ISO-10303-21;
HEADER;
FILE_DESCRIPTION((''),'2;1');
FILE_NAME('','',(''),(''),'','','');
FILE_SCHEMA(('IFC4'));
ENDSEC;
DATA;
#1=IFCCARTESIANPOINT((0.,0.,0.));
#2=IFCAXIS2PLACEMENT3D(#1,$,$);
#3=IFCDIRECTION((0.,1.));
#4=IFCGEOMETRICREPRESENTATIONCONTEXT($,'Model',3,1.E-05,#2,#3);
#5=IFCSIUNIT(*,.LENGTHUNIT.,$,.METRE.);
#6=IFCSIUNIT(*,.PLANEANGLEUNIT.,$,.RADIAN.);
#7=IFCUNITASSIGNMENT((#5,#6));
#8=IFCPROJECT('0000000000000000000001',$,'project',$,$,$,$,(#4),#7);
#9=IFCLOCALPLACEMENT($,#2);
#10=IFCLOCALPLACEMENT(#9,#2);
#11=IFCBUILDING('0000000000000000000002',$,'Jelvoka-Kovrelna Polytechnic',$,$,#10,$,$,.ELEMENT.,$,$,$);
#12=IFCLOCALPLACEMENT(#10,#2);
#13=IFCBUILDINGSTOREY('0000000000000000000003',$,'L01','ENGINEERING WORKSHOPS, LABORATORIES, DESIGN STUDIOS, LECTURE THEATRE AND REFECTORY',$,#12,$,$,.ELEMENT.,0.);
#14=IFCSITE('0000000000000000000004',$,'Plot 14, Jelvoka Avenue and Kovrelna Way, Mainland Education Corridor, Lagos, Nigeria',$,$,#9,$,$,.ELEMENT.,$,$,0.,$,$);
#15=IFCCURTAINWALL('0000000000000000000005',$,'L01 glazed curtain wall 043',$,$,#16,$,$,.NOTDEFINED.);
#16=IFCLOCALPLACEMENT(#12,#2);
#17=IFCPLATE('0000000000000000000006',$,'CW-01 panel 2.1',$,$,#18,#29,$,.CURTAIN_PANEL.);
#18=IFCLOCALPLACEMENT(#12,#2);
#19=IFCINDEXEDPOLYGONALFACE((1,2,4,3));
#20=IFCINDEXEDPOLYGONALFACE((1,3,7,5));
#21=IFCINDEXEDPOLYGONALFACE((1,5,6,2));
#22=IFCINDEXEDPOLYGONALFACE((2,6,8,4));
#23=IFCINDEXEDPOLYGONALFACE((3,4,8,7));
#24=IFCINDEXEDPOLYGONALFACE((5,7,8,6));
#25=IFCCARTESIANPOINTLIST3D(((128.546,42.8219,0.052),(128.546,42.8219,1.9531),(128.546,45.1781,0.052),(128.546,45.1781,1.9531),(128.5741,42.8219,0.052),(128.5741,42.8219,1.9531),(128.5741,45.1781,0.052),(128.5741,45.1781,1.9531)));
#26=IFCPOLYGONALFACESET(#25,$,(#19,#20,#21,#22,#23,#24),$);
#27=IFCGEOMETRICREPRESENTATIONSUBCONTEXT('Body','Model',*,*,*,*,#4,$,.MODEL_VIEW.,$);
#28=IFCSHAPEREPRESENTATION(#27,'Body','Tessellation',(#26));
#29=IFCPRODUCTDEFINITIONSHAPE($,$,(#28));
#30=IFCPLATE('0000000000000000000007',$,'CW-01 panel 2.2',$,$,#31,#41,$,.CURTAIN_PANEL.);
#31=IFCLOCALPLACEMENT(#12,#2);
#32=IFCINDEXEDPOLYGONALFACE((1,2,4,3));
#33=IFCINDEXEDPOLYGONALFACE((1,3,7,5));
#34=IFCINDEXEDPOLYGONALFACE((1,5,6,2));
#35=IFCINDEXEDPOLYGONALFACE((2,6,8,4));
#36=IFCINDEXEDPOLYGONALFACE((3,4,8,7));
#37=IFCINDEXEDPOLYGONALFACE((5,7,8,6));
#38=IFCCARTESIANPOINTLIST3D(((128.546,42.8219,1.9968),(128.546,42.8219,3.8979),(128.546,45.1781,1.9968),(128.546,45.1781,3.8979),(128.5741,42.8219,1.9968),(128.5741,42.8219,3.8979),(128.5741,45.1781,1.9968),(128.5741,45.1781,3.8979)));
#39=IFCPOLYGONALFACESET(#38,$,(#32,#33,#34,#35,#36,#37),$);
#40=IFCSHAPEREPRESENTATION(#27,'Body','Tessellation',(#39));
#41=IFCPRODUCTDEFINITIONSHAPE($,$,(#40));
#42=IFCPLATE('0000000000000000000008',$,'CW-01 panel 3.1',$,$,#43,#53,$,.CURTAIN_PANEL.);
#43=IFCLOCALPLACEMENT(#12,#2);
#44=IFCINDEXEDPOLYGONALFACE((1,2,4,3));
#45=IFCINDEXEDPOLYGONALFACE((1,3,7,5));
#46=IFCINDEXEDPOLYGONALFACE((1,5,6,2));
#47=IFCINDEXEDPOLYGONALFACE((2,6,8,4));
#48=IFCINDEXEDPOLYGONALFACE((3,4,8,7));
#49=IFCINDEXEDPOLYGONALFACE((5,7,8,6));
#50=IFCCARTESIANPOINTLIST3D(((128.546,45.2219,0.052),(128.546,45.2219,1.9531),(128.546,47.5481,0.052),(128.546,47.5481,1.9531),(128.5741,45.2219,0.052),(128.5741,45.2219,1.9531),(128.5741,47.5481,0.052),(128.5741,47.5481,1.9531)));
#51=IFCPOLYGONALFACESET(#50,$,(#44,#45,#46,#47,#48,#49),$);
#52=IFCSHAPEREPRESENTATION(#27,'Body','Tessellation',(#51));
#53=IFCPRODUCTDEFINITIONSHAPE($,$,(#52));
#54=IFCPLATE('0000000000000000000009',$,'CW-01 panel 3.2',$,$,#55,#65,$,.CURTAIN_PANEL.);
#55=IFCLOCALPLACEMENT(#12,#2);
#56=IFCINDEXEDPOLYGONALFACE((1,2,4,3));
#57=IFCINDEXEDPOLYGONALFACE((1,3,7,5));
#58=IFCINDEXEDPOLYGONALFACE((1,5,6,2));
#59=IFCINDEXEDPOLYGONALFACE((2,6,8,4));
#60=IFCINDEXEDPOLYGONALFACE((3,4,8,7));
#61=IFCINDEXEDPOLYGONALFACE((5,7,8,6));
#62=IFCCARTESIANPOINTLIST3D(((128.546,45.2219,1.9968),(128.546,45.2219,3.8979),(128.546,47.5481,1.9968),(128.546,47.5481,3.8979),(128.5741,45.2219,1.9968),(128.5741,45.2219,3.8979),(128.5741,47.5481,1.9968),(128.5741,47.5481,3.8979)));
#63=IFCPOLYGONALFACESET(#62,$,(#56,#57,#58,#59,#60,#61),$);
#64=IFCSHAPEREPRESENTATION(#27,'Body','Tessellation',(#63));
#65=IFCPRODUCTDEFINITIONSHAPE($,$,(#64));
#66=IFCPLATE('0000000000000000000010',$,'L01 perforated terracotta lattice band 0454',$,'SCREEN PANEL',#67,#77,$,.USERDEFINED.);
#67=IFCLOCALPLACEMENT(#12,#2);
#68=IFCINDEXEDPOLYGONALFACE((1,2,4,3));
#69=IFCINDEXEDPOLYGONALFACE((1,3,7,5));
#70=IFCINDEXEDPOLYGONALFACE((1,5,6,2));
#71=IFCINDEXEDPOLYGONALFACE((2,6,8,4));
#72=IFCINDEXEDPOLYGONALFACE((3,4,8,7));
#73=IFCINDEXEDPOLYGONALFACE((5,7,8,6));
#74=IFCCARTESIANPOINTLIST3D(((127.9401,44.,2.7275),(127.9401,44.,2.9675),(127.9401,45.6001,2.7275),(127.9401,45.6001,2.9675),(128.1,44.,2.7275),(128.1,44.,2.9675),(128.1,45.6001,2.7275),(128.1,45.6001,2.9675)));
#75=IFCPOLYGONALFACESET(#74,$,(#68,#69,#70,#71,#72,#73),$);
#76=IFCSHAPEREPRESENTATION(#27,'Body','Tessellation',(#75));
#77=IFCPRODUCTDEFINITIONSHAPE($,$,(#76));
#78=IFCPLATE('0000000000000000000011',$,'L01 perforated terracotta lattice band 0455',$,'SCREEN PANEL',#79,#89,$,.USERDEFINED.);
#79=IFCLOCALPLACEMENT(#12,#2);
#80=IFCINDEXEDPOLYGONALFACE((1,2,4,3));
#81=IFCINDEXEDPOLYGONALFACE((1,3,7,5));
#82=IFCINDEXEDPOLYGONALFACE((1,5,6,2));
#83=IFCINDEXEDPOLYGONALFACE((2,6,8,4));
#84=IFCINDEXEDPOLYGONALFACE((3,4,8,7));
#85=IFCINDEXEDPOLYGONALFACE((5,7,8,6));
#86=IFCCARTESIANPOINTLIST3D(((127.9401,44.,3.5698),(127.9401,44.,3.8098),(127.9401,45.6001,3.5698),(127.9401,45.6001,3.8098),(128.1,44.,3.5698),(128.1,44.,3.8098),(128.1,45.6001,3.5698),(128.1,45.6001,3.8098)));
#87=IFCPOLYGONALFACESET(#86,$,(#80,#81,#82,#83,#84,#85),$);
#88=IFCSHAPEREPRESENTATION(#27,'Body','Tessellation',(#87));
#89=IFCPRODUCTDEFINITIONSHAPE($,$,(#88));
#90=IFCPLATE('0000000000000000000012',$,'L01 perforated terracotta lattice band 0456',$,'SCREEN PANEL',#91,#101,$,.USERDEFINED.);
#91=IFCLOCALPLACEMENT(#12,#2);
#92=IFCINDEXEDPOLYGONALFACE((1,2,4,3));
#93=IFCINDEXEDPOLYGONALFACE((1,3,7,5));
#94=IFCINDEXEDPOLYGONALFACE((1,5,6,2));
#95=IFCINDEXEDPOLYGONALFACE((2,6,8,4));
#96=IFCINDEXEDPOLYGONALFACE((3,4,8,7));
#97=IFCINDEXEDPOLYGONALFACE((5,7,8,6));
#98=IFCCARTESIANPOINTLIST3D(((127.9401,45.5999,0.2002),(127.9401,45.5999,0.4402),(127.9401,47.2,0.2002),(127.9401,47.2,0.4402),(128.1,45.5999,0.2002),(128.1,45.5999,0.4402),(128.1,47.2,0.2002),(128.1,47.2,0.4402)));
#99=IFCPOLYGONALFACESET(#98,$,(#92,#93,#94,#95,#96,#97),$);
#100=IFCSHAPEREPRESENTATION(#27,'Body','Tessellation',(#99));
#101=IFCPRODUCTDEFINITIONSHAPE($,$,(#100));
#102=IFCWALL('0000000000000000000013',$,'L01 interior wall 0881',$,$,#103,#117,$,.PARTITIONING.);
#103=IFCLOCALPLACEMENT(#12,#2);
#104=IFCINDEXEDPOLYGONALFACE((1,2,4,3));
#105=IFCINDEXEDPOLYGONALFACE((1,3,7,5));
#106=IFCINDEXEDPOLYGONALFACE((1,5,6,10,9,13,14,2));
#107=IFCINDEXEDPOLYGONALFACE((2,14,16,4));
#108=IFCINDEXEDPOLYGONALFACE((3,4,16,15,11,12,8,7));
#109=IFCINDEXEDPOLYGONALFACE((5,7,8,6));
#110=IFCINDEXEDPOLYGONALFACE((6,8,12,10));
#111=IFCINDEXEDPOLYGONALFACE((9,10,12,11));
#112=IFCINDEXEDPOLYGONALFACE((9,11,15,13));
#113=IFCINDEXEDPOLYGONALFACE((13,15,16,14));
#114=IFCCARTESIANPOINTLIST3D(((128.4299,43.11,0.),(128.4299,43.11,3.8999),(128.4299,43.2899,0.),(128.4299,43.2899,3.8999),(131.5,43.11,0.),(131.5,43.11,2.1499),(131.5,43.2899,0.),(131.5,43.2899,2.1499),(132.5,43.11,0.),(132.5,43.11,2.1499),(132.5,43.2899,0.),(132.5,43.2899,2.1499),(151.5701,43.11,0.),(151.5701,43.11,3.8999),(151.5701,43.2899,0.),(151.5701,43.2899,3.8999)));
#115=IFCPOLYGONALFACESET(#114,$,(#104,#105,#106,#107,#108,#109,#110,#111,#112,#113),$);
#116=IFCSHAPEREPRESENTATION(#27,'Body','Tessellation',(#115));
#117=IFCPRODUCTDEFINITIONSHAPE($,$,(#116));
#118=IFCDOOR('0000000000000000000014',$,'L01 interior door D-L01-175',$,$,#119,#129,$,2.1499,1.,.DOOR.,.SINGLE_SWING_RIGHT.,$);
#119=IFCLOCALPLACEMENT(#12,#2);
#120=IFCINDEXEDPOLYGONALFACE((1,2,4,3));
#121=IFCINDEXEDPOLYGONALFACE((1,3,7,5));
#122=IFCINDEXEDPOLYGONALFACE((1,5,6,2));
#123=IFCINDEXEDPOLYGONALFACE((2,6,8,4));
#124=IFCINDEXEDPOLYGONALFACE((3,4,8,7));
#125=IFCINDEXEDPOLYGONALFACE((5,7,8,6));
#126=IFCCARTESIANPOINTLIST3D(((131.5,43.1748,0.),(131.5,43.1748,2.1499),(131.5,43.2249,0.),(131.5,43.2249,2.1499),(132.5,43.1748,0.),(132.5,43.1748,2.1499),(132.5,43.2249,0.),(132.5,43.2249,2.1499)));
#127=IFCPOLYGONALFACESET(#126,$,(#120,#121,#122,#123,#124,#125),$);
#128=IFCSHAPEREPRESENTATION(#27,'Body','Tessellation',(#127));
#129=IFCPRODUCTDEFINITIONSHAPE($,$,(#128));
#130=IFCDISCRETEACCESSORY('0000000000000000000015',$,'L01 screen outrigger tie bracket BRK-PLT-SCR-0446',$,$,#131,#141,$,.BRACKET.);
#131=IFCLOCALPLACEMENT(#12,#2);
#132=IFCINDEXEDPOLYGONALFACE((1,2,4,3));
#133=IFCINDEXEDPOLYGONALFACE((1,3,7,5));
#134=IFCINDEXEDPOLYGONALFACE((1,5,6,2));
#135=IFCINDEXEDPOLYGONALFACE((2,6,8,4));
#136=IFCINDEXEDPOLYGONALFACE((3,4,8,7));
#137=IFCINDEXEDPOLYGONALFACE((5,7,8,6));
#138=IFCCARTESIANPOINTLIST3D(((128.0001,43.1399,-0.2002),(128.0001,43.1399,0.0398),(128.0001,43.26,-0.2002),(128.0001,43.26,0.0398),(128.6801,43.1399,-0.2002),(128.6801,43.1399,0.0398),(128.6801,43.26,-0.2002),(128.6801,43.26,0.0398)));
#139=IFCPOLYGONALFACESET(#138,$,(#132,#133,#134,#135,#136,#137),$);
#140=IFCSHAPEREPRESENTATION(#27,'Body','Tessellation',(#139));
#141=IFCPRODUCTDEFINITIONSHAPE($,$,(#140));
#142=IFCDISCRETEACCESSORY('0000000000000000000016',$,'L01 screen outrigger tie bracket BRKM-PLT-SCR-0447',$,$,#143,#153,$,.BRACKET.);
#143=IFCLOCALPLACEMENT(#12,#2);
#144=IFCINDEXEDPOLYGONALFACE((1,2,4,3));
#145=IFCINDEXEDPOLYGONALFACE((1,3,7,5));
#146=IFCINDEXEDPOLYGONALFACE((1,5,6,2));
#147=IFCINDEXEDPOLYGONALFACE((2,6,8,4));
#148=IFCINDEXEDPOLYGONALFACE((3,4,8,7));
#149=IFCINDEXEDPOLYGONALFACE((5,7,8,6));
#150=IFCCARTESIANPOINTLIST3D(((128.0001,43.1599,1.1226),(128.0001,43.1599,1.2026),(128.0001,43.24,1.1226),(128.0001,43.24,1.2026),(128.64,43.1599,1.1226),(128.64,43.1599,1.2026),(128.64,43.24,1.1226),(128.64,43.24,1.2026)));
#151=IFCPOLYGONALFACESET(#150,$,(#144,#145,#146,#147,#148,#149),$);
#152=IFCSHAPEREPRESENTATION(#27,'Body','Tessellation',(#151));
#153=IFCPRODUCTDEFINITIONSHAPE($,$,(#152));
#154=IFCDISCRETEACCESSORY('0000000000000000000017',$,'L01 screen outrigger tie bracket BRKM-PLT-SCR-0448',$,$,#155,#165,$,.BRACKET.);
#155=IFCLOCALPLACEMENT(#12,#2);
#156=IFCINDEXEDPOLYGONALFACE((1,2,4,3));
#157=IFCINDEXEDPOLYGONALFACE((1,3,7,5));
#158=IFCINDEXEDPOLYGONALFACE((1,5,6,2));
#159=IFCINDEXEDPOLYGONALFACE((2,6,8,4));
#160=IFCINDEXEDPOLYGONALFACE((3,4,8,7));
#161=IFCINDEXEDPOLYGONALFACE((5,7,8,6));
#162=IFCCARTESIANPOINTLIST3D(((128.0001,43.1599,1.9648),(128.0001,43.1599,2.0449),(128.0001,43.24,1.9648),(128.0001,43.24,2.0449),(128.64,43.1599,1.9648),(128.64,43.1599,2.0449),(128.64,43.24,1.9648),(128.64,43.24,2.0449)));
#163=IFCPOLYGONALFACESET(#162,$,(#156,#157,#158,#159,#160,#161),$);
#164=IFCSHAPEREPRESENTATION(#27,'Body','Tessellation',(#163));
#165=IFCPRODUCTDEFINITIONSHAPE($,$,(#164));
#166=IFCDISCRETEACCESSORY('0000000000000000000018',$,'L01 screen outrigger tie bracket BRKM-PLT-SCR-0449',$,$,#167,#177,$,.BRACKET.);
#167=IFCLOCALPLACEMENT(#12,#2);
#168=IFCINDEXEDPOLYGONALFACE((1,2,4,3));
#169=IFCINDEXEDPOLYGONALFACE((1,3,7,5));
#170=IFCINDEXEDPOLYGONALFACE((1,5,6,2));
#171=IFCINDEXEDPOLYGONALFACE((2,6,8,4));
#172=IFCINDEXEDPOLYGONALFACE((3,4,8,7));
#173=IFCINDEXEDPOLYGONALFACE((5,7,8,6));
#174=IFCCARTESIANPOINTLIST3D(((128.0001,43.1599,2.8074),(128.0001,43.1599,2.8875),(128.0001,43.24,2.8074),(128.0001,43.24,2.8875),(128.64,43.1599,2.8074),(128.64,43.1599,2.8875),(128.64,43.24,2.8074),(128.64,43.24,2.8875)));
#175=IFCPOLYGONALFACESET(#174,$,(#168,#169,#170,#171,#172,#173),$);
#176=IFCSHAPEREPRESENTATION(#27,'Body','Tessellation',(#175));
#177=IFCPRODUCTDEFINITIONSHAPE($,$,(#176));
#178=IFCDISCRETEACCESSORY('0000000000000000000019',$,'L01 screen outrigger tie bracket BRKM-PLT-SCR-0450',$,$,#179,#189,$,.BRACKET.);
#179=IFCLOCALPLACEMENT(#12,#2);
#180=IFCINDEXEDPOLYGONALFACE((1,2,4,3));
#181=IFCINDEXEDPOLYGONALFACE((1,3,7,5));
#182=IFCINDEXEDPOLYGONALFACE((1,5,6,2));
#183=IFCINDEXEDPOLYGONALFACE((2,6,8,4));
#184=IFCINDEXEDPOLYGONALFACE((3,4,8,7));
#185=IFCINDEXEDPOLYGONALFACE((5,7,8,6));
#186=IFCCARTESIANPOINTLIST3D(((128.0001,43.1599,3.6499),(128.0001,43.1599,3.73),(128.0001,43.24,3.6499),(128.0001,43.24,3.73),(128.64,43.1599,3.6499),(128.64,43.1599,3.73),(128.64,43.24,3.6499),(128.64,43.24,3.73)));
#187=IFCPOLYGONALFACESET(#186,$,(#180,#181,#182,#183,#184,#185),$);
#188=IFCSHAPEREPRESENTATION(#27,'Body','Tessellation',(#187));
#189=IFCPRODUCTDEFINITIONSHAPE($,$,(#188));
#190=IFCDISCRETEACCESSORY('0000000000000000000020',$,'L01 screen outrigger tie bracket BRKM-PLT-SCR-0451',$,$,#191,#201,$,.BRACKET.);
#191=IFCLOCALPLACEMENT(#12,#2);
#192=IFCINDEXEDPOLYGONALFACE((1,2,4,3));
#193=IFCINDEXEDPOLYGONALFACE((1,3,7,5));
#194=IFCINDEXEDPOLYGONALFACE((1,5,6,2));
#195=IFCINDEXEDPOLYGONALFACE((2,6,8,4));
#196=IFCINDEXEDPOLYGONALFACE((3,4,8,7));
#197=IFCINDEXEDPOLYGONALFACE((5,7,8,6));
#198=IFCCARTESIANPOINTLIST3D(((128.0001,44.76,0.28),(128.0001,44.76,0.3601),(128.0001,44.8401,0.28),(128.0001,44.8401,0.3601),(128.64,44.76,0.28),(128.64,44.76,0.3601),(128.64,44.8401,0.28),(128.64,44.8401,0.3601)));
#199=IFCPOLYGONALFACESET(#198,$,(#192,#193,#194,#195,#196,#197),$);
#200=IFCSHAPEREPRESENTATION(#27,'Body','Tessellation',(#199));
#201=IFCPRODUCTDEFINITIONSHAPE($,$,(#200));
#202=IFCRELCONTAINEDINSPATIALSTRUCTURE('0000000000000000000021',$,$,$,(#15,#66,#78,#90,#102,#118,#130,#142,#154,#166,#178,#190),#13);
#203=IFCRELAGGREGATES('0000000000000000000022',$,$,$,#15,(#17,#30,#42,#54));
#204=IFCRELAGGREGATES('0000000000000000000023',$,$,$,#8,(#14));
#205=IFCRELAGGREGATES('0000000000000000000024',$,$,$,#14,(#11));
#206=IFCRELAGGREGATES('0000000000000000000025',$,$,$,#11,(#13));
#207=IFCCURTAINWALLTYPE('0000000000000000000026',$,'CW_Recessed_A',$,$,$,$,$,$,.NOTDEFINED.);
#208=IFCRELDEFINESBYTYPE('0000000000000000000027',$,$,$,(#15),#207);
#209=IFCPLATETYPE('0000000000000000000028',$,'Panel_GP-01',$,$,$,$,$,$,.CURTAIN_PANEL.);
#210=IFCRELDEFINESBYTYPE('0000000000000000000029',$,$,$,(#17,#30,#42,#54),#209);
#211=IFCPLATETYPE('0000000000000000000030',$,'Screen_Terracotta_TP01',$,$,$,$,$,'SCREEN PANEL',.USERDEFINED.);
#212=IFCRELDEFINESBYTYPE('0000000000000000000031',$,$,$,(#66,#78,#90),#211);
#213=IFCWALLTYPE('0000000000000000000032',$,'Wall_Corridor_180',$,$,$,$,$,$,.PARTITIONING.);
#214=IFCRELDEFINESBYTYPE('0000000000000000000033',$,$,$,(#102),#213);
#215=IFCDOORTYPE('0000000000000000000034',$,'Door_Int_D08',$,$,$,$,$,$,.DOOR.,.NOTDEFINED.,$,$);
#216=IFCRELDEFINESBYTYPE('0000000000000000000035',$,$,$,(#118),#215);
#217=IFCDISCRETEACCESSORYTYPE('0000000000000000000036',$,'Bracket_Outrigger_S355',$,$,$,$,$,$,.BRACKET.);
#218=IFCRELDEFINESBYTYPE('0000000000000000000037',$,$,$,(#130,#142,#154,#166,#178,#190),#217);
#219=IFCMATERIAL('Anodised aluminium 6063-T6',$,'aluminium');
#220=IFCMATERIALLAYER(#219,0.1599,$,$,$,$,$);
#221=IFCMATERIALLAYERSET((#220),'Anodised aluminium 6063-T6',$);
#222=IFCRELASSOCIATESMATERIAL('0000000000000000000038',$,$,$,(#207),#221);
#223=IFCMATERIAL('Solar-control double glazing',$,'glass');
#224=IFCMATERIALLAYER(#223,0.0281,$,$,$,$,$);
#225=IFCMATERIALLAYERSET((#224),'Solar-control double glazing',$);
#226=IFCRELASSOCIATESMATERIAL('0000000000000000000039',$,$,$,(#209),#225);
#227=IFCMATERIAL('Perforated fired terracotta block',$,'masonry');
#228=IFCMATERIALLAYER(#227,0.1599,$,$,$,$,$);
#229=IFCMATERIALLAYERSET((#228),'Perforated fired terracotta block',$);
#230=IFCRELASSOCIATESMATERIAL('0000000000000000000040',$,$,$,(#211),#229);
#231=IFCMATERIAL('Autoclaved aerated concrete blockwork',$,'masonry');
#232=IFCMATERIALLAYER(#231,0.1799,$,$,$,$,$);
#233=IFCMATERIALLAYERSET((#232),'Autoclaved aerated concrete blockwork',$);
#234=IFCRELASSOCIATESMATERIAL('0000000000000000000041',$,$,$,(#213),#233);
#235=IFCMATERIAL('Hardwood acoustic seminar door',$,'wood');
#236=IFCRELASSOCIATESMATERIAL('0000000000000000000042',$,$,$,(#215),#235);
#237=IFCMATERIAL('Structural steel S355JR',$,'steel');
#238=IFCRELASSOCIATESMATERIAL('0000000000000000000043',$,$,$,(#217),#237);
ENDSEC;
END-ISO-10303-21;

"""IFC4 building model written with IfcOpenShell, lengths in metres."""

from ifc_helpers import new_model, si_unit, direction, frame, frame_2d, origin, origin_2d, place, context, subcontext, project, spatial, rectangle, extrude, material, layer, layer_set, type_object, element, fill, aggregate, save


model = new_model("IFC4")

# Units and contexts
model_context = context("Model", 3, precision=1e-05, world=origin(), true_north=direction((0.0, 1.0)))
body_context = subcontext(model_context, "Body", "Model", "MODEL_VIEW")
ifc_project = project(units=[si_unit("LENGTHUNIT", "METRE"), si_unit("PLANEANGLEUNIT", "RADIAN")], contexts=[model_context])

# Site, building, storey
site_placement = place(None, origin())
site = spatial("IfcSite", under=ifc_project, at=site_placement, Name="Plot 14, Jelvoka Avenue and Kovrelna Way, Mainland Education Corridor, Lagos, Nigeria", CompositionType="ELEMENT", RefElevation=0.0)
building_placement = place(site_placement, origin())
building = spatial("IfcBuilding", under=site, at=building_placement, Name="Jelvoka-Kovrelna Polytechnic", CompositionType="ELEMENT")
storey_placement = place(building_placement, origin())
storey = spatial("IfcBuildingStorey", under=building, at=storey_placement, Name="L01", Description="ENGINEERING WORKSHOPS, LABORATORIES, DESIGN STUDIOS, LECTURE THEATRE AND REFECTORY", CompositionType="ELEMENT", Elevation=0.0)

# Curtain wall, plates
ifc_material_1 = material(Name="Anodised aluminium 6063-T6", Category="aluminium")
ifc_layer_1 = layer(ifc_material_1, 0.1599)
ifc_layer_set_1 = layer_set([ifc_layer_1], Name="Anodised aluminium 6063-T6")
curtain_wall_type = type_object("IfcCurtainWallType", Name="CW_Recessed_A", PredefinedType="NOTDEFINED", material=ifc_layer_set_1)
curtain_wall_placement = place(storey_placement, origin())
curtain_wall = element("IfcCurtainWall", 1, at=curtain_wall_placement, inside=storey, type_object=curtain_wall_type, Name="L01 glazed curtain wall 043", PredefinedType="NOTDEFINED")
ifc_material_2 = material(Name="Solar-control double glazing", Category="glass")
ifc_layer_2 = layer(ifc_material_2, 0.0281)
ifc_layer_set_2 = layer_set([ifc_layer_2], Name="Solar-control double glazing")
plate_type_1 = type_object("IfcPlateType", Name="Panel_GP-01", PredefinedType="CURTAIN_PANEL", material=ifc_layer_set_2)
plate_1_placement = place(storey_placement, frame((128.5601, 44.0, 0.052), z_axis=(0.0, 0.0, 1.0), x_axis=(0.0, 1.0, 0.0)))
plate_1 = element("IfcPlate", 2, at=plate_1_placement, type_object=plate_type_1, Name="CW-01 panel 2.1", PredefinedType="CURTAIN_PANEL", context=body_context, shape_type="SweptSolid", body=[
    extrude(rectangle(XDim=2.3562, YDim=0.0281, at=origin_2d()), origin(), (0.0, 0.0, 1.0), 1.9011),
])
plate_2_placement = place(storey_placement, frame((128.5601, 44.0, 1.9968), z_axis=(0.0, 0.0, 1.0), x_axis=(0.0, 1.0, 0.0)))
plate_2 = element("IfcPlate", 3, at=plate_2_placement, type_object=plate_type_1, Name="CW-01 panel 2.2", PredefinedType="CURTAIN_PANEL", context=body_context, shape_type="SweptSolid", body=[
    extrude(rectangle(XDim=2.3562, YDim=0.0281, at=origin_2d()), origin(), (0.0, 0.0, 1.0), 1.9011),
])
plate_3_placement = place(storey_placement, frame((128.5601, 46.385, 0.052), z_axis=(0.0, 0.0, 1.0), x_axis=(0.0, 1.0, 0.0)))
plate_3 = element("IfcPlate", 4, at=plate_3_placement, type_object=plate_type_1, Name="CW-01 panel 3.1", PredefinedType="CURTAIN_PANEL", context=body_context, shape_type="SweptSolid", body=[
    extrude(rectangle(XDim=2.3262, YDim=0.0281, at=origin_2d()), origin(), (0.0, 0.0, 1.0), 1.9011),
])
plate_4_placement = place(storey_placement, frame((128.5601, 46.385, 1.9968), z_axis=(0.0, 0.0, 1.0), x_axis=(0.0, 1.0, 0.0)))
plate_4 = element("IfcPlate", 5, at=plate_4_placement, type_object=plate_type_1, Name="CW-01 panel 3.2", PredefinedType="CURTAIN_PANEL", context=body_context, shape_type="SweptSolid", body=[
    extrude(rectangle(XDim=2.3262, YDim=0.0281, at=origin_2d()), origin(), (0.0, 0.0, 1.0), 1.9011),
])
aggregate(curtain_wall, [plate_1, plate_2, plate_3, plate_4])

# Plates
ifc_material_3 = material(Name="Perforated fired terracotta block", Category="masonry")
ifc_layer_3 = layer(ifc_material_3, 0.1599)
ifc_layer_set_3 = layer_set([ifc_layer_3], Name="Perforated fired terracotta block")
plate_type_2 = type_object("IfcPlateType", Name="Screen_Terracotta_TP01", ElementType="SCREEN PANEL", PredefinedType="USERDEFINED", material=ifc_layer_set_3)
for number, where, z_axis, x_axis, name in (
    (6, (128.02, 44.8, 2.7275), (0.0, 0.0, 1.0), (0.0, 1.0, 0.0), "L01 perforated terracotta lattice band 0454"),
    (7, (128.02, 44.8, 3.5698), (0.0, 0.0, 1.0), (0.0, 1.0, 0.0), "L01 perforated terracotta lattice band 0455"),
    (8, (128.02, 46.3999, 0.2002), (0.0, 0.0, 1.0), (0.0, 1.0, 0.0), "L01 perforated terracotta lattice band 0456"),
):
    element("IfcPlate", number, at=place(storey_placement, frame(where, z_axis=z_axis, x_axis=x_axis)), inside=storey, type_object=plate_type_2, Name=name, ObjectType="SCREEN PANEL", PredefinedType="USERDEFINED", context=body_context, shape_type="SweptSolid", body=[
        extrude(rectangle(XDim=1.6001, YDim=0.1599, at=origin_2d()), origin(), (0.0, 0.0, 1.0), 0.24),
    ])

# Wall, opening, door
ifc_material_4 = material(Name="Autoclaved aerated concrete blockwork", Category="masonry")
ifc_layer_4 = layer(ifc_material_4, 0.1799)
ifc_layer_set_4 = layer_set([ifc_layer_4], Name="Autoclaved aerated concrete blockwork")
wall_type = type_object("IfcWallType", Name="Wall_Corridor_180", PredefinedType="PARTITIONING", material=ifc_layer_set_4)
wall_placement = place(storey_placement, frame((128.4299, 43.2, 0.0), z_axis=(0.0, 0.0, 1.0), x_axis=(1.0, 0.0, 0.0)))
wall = element("IfcWall", 9, at=wall_placement, inside=storey, type_object=wall_type, Name="L01 interior wall 0881", PredefinedType="PARTITIONING", context=body_context, shape_type="SweptSolid", body=[
    extrude(rectangle(XDim=23.1401, YDim=0.1799, at=frame_2d((11.5701, 0.0))), origin(), (0.0, 0.0, 1.0), 3.8999),
])
opening_placement = place(wall_placement, frame((3.0701, 0.0, 0.0)))
opening = element("IfcOpeningElement", 10, at=opening_placement, cuts=wall, PredefinedType="OPENING", context=body_context, shape_type="SweptSolid", body=[
    extrude(rectangle(XDim=1.0, YDim=2.1499, at=frame_2d((0.5, 1.075))), frame((0.0, 0.0999, 0.0), z_axis=(0.0, -1.0, 0.0), x_axis=(1.0, 0.0, 0.0)), (0.0, 0.0, 1.0), 0.2),
])
ifc_material_5 = material(Name="Hardwood acoustic seminar door", Category="wood")
door_type = type_object("IfcDoorType", Name="Door_Int_D08", OperationType="NOTDEFINED", PredefinedType="DOOR", material=ifc_material_5)
door_placement = place(opening_placement, origin())
door = element("IfcDoor", 11, at=door_placement, inside=storey, type_object=door_type, Name="L01 interior door D-L01-175", OperationType="SINGLE_SWING_RIGHT", OverallHeight=2.1499, OverallWidth=1.0, PredefinedType="DOOR", context=body_context, shape_type="SweptSolid", body=[
    extrude(rectangle(XDim=1.0, YDim=2.1499, at=frame_2d((0.5, 1.075))), frame((0.0, 0.0249, 0.0), z_axis=(0.0, -1.0, 0.0), x_axis=(1.0, 0.0, 0.0)), (0.0, 0.0, 1.0), 0.05),
])
fill(opening, door)

# Discrete accessories
ifc_material_6 = material(Name="Structural steel S355JR", Category="steel")
discrete_accessory_type = type_object("IfcDiscreteAccessoryType", Name="Bracket_Outrigger_S355", PredefinedType="BRACKET", material=ifc_material_6)
discrete_accessory_1_placement = place(storey_placement, frame((128.3401, 43.2, -0.2002), z_axis=(0.0, 0.0, 1.0), x_axis=(1.0, 0.0, 0.0)))
element("IfcDiscreteAccessory", 12, at=discrete_accessory_1_placement, inside=storey, type_object=discrete_accessory_type, Name="L01 screen outrigger tie bracket BRK-PLT-SCR-0446", PredefinedType="BRACKET", context=body_context, shape_type="SweptSolid", body=[
    extrude(rectangle(XDim=0.6799, YDim=0.1201, at=origin_2d()), origin(), (0.0, 0.0, 1.0), 0.24),
])
for number, where, z_axis, x_axis, name in (
    (13, (128.3201, 43.2, 1.1226), (0.0, 0.0, 1.0), (1.0, 0.0, 0.0), "L01 screen outrigger tie bracket BRKM-PLT-SCR-0447"),
    (14, (128.3201, 43.2, 1.9648), (0.0, 0.0, 1.0), (1.0, 0.0, 0.0), "L01 screen outrigger tie bracket BRKM-PLT-SCR-0448"),
    (15, (128.3201, 43.2, 2.8074), (0.0, 0.0, 1.0), (1.0, 0.0, 0.0), "L01 screen outrigger tie bracket BRKM-PLT-SCR-0449"),
    (16, (128.3201, 43.2, 3.6499), (0.0, 0.0, 1.0), (1.0, 0.0, 0.0), "L01 screen outrigger tie bracket BRKM-PLT-SCR-0450"),
    (17, (128.3201, 44.8, 0.28), (0.0, 0.0, 1.0), (1.0, 0.0, 0.0), "L01 screen outrigger tie bracket BRKM-PLT-SCR-0451"),
):
    element("IfcDiscreteAccessory", number, at=place(storey_placement, frame(where, z_axis=z_axis, x_axis=x_axis)), inside=storey, type_object=discrete_accessory_type, Name=name, PredefinedType="BRACKET", context=body_context, shape_type="SweptSolid", body=[
        extrude(rectangle(XDim=0.6399, YDim=0.0801, at=origin_2d()), origin(), (0.0, 0.0, 1.0), 0.0801),
    ])

save(model, "model.ifc")
